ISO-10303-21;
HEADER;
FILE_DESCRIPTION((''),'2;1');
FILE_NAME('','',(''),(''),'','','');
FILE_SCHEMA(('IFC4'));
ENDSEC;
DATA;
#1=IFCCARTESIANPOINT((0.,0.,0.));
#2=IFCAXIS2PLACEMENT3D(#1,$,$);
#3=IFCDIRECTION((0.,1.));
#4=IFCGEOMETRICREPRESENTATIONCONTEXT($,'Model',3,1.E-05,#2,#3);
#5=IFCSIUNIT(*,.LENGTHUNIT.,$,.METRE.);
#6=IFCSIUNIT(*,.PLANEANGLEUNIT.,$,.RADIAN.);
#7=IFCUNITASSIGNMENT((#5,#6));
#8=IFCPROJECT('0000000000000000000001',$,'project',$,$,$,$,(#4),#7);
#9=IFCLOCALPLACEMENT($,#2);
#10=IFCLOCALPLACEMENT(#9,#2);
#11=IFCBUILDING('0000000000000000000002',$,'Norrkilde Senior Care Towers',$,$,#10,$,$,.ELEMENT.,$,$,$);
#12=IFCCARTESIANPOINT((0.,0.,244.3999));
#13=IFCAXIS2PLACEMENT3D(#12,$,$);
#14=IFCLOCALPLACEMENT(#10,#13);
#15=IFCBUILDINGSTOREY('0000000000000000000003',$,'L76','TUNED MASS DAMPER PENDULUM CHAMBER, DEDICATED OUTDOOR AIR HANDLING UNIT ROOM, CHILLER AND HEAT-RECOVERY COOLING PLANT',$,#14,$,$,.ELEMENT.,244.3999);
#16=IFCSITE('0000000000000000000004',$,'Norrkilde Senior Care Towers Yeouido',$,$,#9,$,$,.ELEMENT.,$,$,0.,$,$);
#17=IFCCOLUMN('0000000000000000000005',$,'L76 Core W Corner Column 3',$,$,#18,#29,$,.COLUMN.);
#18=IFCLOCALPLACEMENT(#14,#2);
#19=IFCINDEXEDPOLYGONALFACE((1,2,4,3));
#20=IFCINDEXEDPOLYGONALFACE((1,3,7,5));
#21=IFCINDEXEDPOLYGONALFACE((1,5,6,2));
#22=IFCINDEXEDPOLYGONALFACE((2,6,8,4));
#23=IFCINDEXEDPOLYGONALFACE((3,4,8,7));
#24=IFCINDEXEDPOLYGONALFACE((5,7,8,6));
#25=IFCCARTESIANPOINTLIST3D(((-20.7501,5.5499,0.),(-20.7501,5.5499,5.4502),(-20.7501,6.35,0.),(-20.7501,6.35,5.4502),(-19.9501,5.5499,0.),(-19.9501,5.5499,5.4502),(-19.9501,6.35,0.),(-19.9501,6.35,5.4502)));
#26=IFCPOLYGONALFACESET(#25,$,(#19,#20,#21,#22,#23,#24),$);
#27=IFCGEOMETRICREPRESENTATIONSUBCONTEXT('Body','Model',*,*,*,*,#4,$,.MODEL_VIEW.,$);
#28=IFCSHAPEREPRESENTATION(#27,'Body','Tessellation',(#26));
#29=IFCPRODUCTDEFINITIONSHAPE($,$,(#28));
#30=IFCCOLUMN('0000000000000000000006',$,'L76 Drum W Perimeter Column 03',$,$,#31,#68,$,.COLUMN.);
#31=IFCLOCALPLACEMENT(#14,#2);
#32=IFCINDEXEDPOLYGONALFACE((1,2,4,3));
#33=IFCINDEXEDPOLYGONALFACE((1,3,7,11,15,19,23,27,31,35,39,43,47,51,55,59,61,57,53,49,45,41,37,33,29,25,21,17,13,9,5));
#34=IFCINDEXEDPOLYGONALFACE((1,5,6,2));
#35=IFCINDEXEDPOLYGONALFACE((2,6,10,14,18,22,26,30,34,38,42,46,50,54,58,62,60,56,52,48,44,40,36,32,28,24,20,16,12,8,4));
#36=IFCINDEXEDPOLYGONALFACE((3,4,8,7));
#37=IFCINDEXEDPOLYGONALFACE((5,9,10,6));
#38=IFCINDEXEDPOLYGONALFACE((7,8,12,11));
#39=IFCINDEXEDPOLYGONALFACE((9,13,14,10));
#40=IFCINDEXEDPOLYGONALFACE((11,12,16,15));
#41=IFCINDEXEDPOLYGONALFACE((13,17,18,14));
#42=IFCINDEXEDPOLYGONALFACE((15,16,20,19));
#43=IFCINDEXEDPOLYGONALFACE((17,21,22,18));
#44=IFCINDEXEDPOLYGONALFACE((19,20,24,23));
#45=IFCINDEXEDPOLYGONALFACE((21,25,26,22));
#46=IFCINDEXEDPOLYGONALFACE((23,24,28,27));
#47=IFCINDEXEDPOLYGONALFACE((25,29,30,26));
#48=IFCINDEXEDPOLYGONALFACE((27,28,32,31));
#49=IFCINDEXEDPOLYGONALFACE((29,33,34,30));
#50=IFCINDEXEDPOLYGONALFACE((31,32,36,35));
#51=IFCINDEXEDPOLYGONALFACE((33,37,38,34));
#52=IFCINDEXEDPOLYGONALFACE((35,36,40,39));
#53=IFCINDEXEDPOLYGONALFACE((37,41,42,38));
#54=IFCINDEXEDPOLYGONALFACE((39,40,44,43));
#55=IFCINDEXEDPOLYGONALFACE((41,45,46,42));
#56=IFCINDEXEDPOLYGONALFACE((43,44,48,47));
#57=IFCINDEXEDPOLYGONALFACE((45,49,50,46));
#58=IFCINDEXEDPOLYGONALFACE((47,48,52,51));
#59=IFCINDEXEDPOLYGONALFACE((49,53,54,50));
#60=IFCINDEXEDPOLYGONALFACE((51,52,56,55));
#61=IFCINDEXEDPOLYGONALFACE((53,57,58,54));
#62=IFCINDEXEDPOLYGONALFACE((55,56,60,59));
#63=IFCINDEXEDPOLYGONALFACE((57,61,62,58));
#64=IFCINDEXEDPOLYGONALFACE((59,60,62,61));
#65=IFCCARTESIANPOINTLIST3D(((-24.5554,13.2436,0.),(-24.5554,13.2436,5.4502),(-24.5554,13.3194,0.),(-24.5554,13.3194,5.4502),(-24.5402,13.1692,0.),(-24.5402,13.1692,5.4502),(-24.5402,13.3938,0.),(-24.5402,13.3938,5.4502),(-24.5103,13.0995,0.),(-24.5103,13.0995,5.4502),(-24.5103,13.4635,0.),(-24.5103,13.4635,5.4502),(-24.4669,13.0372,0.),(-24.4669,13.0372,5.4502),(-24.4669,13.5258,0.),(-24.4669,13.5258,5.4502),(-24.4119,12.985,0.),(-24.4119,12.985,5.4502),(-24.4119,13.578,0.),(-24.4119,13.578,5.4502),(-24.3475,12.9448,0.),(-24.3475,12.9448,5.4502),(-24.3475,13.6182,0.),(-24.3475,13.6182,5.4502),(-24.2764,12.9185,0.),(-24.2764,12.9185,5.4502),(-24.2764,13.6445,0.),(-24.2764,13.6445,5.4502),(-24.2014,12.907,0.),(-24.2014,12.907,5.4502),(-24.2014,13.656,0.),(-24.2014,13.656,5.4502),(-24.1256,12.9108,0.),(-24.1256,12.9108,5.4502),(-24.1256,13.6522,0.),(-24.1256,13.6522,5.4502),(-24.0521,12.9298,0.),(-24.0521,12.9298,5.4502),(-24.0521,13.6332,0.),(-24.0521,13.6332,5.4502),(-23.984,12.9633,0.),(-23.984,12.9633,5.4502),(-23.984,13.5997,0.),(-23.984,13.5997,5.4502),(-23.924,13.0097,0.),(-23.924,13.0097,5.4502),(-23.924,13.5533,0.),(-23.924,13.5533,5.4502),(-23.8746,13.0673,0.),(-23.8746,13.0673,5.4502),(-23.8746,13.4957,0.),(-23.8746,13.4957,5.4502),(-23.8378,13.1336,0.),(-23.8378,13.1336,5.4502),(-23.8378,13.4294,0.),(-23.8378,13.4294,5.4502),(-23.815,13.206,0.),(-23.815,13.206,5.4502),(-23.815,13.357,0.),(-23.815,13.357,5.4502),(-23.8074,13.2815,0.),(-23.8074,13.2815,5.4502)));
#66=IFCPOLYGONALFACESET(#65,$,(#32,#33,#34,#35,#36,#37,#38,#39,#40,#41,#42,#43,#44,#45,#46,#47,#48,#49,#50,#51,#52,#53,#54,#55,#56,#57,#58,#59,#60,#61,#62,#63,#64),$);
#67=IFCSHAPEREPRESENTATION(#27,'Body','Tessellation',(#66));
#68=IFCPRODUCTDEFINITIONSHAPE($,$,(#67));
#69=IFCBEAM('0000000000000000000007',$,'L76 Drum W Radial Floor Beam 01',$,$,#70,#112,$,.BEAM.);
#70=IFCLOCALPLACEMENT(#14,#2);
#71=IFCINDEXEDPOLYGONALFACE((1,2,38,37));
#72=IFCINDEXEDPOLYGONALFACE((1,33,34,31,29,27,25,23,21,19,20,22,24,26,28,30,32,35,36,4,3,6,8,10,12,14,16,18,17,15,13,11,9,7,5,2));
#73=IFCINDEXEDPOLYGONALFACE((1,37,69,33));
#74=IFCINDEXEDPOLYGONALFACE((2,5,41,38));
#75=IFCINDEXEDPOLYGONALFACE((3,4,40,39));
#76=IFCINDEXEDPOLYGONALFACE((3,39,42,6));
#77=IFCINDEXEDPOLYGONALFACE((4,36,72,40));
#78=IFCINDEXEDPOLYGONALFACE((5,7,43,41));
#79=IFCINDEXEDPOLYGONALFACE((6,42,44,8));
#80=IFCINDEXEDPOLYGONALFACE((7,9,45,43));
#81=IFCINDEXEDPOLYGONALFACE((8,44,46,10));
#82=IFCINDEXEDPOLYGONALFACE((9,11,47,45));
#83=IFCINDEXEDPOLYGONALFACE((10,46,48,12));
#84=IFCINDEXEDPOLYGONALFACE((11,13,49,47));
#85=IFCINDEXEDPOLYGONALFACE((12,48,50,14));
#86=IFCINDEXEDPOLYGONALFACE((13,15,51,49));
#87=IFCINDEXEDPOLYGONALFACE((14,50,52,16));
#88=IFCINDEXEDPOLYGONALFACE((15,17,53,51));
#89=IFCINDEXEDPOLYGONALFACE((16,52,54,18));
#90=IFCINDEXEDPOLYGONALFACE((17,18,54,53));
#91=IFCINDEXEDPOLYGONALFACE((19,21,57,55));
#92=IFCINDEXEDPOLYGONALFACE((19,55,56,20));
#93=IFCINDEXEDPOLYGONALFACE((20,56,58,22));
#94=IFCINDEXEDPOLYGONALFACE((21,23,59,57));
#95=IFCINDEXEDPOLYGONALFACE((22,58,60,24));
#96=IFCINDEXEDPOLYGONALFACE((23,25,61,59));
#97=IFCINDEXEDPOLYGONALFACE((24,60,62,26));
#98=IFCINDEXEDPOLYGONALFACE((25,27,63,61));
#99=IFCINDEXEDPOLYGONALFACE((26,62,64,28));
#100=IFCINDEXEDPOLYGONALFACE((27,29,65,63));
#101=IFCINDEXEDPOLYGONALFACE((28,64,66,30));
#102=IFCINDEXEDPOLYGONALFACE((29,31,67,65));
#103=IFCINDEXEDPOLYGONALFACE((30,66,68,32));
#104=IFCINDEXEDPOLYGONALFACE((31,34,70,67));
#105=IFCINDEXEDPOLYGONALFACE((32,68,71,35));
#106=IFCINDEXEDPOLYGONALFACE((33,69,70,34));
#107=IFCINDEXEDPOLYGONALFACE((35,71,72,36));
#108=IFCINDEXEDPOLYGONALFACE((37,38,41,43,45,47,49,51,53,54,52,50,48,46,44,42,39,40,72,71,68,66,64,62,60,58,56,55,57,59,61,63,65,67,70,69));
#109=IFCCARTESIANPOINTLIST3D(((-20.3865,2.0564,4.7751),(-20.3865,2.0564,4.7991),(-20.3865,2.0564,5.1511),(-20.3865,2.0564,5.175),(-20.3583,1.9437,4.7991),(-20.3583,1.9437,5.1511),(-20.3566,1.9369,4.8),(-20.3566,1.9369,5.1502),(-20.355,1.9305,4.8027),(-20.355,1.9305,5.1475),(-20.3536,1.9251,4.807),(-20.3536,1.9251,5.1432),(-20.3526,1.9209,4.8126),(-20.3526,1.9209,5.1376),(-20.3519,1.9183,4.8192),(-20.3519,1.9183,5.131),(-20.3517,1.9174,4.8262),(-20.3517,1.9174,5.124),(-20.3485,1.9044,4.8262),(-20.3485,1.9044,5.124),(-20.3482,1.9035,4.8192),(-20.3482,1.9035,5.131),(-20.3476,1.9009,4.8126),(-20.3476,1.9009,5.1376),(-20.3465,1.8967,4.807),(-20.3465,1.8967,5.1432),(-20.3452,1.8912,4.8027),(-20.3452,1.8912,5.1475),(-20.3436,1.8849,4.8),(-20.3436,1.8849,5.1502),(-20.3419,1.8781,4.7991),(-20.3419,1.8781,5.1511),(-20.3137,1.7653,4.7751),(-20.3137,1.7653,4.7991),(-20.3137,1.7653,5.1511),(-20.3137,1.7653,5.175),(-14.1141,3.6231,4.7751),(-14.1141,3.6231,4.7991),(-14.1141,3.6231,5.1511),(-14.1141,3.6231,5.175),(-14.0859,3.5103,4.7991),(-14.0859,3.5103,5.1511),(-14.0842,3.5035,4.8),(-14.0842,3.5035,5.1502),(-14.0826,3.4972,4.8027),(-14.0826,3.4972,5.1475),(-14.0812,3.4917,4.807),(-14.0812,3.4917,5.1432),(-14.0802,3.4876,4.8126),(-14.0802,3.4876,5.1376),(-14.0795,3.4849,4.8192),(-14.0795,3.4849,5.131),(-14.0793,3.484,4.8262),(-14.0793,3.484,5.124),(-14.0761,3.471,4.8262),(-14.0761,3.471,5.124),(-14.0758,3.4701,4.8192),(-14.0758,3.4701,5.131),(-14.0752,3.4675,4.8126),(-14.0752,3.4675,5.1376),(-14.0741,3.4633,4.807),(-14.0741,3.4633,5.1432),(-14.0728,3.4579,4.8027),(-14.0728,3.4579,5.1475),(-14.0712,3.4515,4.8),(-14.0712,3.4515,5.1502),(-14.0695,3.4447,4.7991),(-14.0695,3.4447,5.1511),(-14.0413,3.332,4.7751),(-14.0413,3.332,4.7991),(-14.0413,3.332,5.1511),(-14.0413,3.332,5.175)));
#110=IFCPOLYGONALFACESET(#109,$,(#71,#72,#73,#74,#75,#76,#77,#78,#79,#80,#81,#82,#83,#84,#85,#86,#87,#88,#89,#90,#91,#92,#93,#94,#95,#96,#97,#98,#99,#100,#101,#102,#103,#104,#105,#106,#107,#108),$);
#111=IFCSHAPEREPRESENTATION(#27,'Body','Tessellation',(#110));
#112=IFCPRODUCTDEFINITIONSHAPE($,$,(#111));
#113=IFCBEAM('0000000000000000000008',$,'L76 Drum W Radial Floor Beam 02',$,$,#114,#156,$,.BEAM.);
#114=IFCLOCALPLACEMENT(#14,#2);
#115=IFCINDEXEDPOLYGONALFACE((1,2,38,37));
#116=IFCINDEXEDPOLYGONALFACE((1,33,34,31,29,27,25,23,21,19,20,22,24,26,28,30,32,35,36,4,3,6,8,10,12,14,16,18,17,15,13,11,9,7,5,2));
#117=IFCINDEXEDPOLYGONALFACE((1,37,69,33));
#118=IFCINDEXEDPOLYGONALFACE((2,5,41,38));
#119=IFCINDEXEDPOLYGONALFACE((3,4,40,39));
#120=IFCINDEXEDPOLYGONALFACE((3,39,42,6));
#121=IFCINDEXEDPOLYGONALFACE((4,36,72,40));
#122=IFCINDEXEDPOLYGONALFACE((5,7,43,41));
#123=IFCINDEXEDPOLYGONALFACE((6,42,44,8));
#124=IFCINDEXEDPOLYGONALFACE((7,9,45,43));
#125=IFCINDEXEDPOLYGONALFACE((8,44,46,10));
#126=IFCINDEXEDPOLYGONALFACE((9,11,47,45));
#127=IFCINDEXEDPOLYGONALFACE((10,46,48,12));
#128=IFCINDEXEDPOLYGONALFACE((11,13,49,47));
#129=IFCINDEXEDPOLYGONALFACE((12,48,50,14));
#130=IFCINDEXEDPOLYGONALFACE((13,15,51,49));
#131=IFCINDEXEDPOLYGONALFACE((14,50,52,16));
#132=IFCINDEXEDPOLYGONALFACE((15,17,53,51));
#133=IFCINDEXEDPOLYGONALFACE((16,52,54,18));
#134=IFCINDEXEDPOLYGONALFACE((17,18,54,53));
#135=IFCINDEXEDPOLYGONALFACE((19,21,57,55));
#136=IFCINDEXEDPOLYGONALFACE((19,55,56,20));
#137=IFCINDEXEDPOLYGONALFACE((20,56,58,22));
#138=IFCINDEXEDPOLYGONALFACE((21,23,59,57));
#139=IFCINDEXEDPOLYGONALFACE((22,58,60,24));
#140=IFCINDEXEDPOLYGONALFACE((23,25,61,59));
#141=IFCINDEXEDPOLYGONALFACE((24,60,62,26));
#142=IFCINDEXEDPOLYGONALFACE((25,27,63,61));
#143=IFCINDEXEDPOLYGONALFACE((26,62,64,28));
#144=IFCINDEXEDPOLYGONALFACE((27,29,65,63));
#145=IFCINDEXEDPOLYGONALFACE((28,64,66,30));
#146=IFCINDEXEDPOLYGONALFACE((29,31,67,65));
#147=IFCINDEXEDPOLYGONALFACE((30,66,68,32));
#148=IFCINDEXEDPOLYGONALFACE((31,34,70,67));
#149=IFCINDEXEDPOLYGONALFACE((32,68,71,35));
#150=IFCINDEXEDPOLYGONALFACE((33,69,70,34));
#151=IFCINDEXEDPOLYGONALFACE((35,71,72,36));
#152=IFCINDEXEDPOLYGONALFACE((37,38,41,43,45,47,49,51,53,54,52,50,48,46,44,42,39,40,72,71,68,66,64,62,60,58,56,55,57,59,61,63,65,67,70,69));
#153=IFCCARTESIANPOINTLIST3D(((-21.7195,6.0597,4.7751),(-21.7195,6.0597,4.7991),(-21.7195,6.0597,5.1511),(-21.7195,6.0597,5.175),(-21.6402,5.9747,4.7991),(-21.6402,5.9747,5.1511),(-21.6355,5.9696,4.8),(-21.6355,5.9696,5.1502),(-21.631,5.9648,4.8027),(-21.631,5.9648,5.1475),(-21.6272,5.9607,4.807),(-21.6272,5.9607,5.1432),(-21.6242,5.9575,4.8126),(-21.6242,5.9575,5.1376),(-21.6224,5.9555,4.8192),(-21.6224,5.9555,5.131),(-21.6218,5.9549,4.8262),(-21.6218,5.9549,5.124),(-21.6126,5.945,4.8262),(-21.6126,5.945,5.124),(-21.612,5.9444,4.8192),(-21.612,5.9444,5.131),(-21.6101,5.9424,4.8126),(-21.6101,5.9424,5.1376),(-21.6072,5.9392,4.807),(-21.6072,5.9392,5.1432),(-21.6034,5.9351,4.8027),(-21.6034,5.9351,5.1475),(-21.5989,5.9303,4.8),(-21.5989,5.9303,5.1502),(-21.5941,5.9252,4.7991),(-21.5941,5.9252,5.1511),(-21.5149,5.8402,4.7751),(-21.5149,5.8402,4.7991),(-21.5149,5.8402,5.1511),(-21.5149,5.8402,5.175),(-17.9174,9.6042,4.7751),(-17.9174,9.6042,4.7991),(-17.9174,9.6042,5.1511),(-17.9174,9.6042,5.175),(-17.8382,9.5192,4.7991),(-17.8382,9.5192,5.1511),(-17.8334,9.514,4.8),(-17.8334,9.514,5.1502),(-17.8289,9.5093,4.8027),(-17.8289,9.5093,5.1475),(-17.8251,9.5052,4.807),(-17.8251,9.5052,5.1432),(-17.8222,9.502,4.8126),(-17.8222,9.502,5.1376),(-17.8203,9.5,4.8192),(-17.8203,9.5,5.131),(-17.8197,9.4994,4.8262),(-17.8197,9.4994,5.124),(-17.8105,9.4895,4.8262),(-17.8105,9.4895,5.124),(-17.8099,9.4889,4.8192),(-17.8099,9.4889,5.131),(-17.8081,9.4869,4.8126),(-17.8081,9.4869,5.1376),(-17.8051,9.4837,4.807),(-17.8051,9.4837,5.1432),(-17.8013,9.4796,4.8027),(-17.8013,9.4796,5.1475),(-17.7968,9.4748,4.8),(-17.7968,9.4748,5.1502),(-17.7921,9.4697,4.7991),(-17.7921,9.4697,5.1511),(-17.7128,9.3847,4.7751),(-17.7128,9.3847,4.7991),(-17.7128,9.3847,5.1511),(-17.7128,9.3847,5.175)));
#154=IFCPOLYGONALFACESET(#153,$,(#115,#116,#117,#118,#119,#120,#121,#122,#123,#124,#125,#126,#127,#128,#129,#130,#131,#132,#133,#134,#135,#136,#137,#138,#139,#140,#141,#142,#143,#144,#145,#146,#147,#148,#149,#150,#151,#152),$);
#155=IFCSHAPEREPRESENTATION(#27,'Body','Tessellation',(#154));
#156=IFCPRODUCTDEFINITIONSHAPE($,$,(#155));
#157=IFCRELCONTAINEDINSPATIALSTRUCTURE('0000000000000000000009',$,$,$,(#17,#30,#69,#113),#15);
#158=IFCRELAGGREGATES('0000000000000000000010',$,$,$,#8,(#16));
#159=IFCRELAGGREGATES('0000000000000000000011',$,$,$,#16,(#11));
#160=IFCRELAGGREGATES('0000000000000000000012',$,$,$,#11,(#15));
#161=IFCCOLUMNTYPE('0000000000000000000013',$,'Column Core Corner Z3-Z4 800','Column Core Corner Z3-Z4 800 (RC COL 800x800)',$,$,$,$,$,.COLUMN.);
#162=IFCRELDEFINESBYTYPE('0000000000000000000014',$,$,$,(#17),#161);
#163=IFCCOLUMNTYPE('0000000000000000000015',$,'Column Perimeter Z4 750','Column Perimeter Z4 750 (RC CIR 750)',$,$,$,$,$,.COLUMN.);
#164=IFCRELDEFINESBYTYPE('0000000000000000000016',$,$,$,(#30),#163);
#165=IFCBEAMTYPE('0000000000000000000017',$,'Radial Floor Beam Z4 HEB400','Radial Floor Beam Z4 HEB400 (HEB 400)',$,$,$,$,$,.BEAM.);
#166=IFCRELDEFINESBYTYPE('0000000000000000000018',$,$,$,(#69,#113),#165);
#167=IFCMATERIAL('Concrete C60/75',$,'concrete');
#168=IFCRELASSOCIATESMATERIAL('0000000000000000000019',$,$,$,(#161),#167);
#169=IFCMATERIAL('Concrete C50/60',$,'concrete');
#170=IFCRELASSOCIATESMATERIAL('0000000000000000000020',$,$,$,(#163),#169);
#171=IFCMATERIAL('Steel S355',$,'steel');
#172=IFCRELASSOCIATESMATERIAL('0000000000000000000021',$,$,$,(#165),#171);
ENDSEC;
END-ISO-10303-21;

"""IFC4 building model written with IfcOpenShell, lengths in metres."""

from ifc_helpers import new_model, si_unit, direction, frame, origin, origin_2d, place, context, subcontext, project, spatial, rectangle, circle, i_section, extrude, source, transform, mapped, material, material_profile, profile_set, type_object, type_shapes, element, save


model = new_model("IFC4")

# Units and contexts
model_context = context("Model", 3, precision=1e-05, world=origin(), true_north=direction((0.0, 1.0)))
body_context = subcontext(model_context, "Body", "Model", "MODEL_VIEW")
ifc_project = project(units=[si_unit("LENGTHUNIT", "METRE"), si_unit("PLANEANGLEUNIT", "RADIAN")], contexts=[model_context])

# Site, building, storey
site_placement = place(None, origin())
site = spatial("IfcSite", under=ifc_project, at=site_placement, Name="Norrkilde Senior Care Towers Yeouido", CompositionType="ELEMENT", RefElevation=0.0)
building_placement = place(site_placement, origin())
building = spatial("IfcBuilding", under=site, at=building_placement, Name="Norrkilde Senior Care Towers", CompositionType="ELEMENT")
storey_placement = place(building_placement, frame((0.0, 0.0, 244.3999)))
storey = spatial("IfcBuildingStorey", under=building, at=storey_placement, Name="L76", Description="TUNED MASS DAMPER PENDULUM CHAMBER, DEDICATED OUTDOOR AIR HANDLING UNIT ROOM, CHILLER AND HEAT-RECOVERY COOLING PLANT", CompositionType="ELEMENT", Elevation=244.3999)

# Columns
ifc_material_1 = material(Name="Concrete C60/75", Category="concrete")
ifc_material_profile_1 = material_profile(ifc_material_1, rectangle(XDim=0.8, YDim=0.8, at=origin_2d()), Name="RC COL 800x800")
ifc_profile_set_1 = profile_set([ifc_material_profile_1], Name="Concrete C60/75")
column_type_1 = type_object("IfcColumnType", Name="Column Core Corner Z3-Z4 800", Description="Column Core Corner Z3-Z4 800 (RC COL 800x800)", PredefinedType="COLUMN", material=ifc_profile_set_1)
shared_shape_1 = source(origin(), body_context, "Body", "SweptSolid", [
    extrude(rectangle(XDim=0.8, YDim=0.8, at=origin_2d()), origin(), (0.0, 0.0, 1.0), 5.4502),
])
type_shapes(column_type_1, [shared_shape_1])
column_1_placement = place(storey_placement, frame((-20.3501, 5.95, 0.0), z_axis=(0.0, 0.0, 1.0), x_axis=(1.0, 0.0, 0.0)))
element("IfcColumn", 1, at=column_1_placement, inside=storey, type_object=column_type_1, Name="L76 Core W Corner Column 3", PredefinedType="COLUMN", context=body_context, shape_type="MappedRepresentation", body=[
    mapped(shared_shape_1, transform((0.0, 0.0, 0.0), x_axis=(1.0, 0.0, 0.0), y_axis=(0.0, 1.0, 0.0), z_axis=(0.0, 0.0, 1.0), scale=1.0)),
])
ifc_material_2 = material(Name="Concrete C50/60", Category="concrete")
ifc_material_profile_2 = material_profile(ifc_material_2, circle(Radius=0.375, at=origin_2d()), Name="RC CIR 750")
ifc_profile_set_2 = profile_set([ifc_material_profile_2], Name="Concrete C50/60")
column_type_2 = type_object("IfcColumnType", Name="Column Perimeter Z4 750", Description="Column Perimeter Z4 750 (RC CIR 750)", PredefinedType="COLUMN", material=ifc_profile_set_2)
shared_shape_2 = source(origin(), body_context, "Body", "SweptSolid", [
    extrude(circle(Radius=0.375, at=origin_2d()), origin(), (0.0, 0.0, 1.0), 5.4502),
])
type_shapes(column_type_2, [shared_shape_2])
column_2_placement = place(storey_placement, frame((-24.1824, 13.2815, 0.0), z_axis=(0.0, 0.0, 1.0), x_axis=(1.0, 0.0, 0.0)))
element("IfcColumn", 2, at=column_2_placement, inside=storey, type_object=column_type_2, Name="L76 Drum W Perimeter Column 03", PredefinedType="COLUMN", context=body_context, shape_type="MappedRepresentation", body=[
    mapped(shared_shape_2, transform((0.0, 0.0, 0.0), x_axis=(1.0, 0.0, 0.0), y_axis=(0.0, 1.0, 0.0), z_axis=(0.0, 0.0, 1.0), scale=1.0)),
])

# Beams
ifc_material_3 = material(Name="Steel S355", Category="steel")
ifc_material_profile_3 = material_profile(ifc_material_3, i_section(OverallWidth=0.3, OverallDepth=0.3999, WebThickness=0.0134, FlangeThickness=0.0239, FilletRadius=0.0271, at=origin_2d()), Name="HEB 400")
ifc_profile_set_3 = profile_set([ifc_material_profile_3], Name="Steel S355")
beam_type_1 = type_object("IfcBeamType", Name="Radial Floor Beam Z4 HEB400", Description="Radial Floor Beam Z4 HEB400 (HEB 400)", PredefinedType="BEAM", material=ifc_profile_set_3)
shared_shape_3 = source(origin(), body_context, "Body", "SweptSolid", [
    extrude(i_section(OverallWidth=0.3, OverallDepth=0.3999, WebThickness=0.0134, FlangeThickness=0.0239, FilletRadius=0.0271, at=origin_2d()), origin(), (0.0, 0.0, 1.0), 6.4651),
])
beam_1_placement = place(storey_placement, frame((-20.3501, 1.9109, 4.9751), z_axis=(0.970196, 0.242322, 0.0), x_axis=(-0.242322, 0.970196, 0.0)))
element("IfcBeam", 3, at=beam_1_placement, inside=storey, type_object=beam_type_1, Name="L76 Drum W Radial Floor Beam 01", PredefinedType="BEAM", context=body_context, shape_type="MappedRepresentation", body=[
    mapped(shared_shape_3, transform((0.0, 0.0, 0.0), x_axis=(1.0, 0.0, 0.0), y_axis=(0.0, 1.0, 0.0), z_axis=(0.0, 0.0, 1.0), scale=1.0)),
])
shared_shape_4 = source(origin(), body_context, "Body", "SweptSolid", [
    extrude(i_section(OverallWidth=0.3, OverallDepth=0.3999, WebThickness=0.0134, FlangeThickness=0.0239, FilletRadius=0.0271, at=origin_2d()), origin(), (0.0, 0.0, 1.0), 5.198),
])
beam_2_placement = place(storey_placement, frame((-21.6172, 5.95, 4.9751), z_axis=(0.731449, 0.681896, 0.0), x_axis=(-0.681896, 0.731449, 0.0)))
element("IfcBeam", 4, at=beam_2_placement, inside=storey, type_object=beam_type_1, Name="L76 Drum W Radial Floor Beam 02", PredefinedType="BEAM", context=body_context, shape_type="MappedRepresentation", body=[
    mapped(shared_shape_4, transform((0.0, 0.0, 0.0), x_axis=(1.0, 0.0, 0.0), y_axis=(0.0, 1.0, 0.0), z_axis=(0.0, 0.0, 1.0), scale=1.0)),
])

save(model, "model.ifc")
